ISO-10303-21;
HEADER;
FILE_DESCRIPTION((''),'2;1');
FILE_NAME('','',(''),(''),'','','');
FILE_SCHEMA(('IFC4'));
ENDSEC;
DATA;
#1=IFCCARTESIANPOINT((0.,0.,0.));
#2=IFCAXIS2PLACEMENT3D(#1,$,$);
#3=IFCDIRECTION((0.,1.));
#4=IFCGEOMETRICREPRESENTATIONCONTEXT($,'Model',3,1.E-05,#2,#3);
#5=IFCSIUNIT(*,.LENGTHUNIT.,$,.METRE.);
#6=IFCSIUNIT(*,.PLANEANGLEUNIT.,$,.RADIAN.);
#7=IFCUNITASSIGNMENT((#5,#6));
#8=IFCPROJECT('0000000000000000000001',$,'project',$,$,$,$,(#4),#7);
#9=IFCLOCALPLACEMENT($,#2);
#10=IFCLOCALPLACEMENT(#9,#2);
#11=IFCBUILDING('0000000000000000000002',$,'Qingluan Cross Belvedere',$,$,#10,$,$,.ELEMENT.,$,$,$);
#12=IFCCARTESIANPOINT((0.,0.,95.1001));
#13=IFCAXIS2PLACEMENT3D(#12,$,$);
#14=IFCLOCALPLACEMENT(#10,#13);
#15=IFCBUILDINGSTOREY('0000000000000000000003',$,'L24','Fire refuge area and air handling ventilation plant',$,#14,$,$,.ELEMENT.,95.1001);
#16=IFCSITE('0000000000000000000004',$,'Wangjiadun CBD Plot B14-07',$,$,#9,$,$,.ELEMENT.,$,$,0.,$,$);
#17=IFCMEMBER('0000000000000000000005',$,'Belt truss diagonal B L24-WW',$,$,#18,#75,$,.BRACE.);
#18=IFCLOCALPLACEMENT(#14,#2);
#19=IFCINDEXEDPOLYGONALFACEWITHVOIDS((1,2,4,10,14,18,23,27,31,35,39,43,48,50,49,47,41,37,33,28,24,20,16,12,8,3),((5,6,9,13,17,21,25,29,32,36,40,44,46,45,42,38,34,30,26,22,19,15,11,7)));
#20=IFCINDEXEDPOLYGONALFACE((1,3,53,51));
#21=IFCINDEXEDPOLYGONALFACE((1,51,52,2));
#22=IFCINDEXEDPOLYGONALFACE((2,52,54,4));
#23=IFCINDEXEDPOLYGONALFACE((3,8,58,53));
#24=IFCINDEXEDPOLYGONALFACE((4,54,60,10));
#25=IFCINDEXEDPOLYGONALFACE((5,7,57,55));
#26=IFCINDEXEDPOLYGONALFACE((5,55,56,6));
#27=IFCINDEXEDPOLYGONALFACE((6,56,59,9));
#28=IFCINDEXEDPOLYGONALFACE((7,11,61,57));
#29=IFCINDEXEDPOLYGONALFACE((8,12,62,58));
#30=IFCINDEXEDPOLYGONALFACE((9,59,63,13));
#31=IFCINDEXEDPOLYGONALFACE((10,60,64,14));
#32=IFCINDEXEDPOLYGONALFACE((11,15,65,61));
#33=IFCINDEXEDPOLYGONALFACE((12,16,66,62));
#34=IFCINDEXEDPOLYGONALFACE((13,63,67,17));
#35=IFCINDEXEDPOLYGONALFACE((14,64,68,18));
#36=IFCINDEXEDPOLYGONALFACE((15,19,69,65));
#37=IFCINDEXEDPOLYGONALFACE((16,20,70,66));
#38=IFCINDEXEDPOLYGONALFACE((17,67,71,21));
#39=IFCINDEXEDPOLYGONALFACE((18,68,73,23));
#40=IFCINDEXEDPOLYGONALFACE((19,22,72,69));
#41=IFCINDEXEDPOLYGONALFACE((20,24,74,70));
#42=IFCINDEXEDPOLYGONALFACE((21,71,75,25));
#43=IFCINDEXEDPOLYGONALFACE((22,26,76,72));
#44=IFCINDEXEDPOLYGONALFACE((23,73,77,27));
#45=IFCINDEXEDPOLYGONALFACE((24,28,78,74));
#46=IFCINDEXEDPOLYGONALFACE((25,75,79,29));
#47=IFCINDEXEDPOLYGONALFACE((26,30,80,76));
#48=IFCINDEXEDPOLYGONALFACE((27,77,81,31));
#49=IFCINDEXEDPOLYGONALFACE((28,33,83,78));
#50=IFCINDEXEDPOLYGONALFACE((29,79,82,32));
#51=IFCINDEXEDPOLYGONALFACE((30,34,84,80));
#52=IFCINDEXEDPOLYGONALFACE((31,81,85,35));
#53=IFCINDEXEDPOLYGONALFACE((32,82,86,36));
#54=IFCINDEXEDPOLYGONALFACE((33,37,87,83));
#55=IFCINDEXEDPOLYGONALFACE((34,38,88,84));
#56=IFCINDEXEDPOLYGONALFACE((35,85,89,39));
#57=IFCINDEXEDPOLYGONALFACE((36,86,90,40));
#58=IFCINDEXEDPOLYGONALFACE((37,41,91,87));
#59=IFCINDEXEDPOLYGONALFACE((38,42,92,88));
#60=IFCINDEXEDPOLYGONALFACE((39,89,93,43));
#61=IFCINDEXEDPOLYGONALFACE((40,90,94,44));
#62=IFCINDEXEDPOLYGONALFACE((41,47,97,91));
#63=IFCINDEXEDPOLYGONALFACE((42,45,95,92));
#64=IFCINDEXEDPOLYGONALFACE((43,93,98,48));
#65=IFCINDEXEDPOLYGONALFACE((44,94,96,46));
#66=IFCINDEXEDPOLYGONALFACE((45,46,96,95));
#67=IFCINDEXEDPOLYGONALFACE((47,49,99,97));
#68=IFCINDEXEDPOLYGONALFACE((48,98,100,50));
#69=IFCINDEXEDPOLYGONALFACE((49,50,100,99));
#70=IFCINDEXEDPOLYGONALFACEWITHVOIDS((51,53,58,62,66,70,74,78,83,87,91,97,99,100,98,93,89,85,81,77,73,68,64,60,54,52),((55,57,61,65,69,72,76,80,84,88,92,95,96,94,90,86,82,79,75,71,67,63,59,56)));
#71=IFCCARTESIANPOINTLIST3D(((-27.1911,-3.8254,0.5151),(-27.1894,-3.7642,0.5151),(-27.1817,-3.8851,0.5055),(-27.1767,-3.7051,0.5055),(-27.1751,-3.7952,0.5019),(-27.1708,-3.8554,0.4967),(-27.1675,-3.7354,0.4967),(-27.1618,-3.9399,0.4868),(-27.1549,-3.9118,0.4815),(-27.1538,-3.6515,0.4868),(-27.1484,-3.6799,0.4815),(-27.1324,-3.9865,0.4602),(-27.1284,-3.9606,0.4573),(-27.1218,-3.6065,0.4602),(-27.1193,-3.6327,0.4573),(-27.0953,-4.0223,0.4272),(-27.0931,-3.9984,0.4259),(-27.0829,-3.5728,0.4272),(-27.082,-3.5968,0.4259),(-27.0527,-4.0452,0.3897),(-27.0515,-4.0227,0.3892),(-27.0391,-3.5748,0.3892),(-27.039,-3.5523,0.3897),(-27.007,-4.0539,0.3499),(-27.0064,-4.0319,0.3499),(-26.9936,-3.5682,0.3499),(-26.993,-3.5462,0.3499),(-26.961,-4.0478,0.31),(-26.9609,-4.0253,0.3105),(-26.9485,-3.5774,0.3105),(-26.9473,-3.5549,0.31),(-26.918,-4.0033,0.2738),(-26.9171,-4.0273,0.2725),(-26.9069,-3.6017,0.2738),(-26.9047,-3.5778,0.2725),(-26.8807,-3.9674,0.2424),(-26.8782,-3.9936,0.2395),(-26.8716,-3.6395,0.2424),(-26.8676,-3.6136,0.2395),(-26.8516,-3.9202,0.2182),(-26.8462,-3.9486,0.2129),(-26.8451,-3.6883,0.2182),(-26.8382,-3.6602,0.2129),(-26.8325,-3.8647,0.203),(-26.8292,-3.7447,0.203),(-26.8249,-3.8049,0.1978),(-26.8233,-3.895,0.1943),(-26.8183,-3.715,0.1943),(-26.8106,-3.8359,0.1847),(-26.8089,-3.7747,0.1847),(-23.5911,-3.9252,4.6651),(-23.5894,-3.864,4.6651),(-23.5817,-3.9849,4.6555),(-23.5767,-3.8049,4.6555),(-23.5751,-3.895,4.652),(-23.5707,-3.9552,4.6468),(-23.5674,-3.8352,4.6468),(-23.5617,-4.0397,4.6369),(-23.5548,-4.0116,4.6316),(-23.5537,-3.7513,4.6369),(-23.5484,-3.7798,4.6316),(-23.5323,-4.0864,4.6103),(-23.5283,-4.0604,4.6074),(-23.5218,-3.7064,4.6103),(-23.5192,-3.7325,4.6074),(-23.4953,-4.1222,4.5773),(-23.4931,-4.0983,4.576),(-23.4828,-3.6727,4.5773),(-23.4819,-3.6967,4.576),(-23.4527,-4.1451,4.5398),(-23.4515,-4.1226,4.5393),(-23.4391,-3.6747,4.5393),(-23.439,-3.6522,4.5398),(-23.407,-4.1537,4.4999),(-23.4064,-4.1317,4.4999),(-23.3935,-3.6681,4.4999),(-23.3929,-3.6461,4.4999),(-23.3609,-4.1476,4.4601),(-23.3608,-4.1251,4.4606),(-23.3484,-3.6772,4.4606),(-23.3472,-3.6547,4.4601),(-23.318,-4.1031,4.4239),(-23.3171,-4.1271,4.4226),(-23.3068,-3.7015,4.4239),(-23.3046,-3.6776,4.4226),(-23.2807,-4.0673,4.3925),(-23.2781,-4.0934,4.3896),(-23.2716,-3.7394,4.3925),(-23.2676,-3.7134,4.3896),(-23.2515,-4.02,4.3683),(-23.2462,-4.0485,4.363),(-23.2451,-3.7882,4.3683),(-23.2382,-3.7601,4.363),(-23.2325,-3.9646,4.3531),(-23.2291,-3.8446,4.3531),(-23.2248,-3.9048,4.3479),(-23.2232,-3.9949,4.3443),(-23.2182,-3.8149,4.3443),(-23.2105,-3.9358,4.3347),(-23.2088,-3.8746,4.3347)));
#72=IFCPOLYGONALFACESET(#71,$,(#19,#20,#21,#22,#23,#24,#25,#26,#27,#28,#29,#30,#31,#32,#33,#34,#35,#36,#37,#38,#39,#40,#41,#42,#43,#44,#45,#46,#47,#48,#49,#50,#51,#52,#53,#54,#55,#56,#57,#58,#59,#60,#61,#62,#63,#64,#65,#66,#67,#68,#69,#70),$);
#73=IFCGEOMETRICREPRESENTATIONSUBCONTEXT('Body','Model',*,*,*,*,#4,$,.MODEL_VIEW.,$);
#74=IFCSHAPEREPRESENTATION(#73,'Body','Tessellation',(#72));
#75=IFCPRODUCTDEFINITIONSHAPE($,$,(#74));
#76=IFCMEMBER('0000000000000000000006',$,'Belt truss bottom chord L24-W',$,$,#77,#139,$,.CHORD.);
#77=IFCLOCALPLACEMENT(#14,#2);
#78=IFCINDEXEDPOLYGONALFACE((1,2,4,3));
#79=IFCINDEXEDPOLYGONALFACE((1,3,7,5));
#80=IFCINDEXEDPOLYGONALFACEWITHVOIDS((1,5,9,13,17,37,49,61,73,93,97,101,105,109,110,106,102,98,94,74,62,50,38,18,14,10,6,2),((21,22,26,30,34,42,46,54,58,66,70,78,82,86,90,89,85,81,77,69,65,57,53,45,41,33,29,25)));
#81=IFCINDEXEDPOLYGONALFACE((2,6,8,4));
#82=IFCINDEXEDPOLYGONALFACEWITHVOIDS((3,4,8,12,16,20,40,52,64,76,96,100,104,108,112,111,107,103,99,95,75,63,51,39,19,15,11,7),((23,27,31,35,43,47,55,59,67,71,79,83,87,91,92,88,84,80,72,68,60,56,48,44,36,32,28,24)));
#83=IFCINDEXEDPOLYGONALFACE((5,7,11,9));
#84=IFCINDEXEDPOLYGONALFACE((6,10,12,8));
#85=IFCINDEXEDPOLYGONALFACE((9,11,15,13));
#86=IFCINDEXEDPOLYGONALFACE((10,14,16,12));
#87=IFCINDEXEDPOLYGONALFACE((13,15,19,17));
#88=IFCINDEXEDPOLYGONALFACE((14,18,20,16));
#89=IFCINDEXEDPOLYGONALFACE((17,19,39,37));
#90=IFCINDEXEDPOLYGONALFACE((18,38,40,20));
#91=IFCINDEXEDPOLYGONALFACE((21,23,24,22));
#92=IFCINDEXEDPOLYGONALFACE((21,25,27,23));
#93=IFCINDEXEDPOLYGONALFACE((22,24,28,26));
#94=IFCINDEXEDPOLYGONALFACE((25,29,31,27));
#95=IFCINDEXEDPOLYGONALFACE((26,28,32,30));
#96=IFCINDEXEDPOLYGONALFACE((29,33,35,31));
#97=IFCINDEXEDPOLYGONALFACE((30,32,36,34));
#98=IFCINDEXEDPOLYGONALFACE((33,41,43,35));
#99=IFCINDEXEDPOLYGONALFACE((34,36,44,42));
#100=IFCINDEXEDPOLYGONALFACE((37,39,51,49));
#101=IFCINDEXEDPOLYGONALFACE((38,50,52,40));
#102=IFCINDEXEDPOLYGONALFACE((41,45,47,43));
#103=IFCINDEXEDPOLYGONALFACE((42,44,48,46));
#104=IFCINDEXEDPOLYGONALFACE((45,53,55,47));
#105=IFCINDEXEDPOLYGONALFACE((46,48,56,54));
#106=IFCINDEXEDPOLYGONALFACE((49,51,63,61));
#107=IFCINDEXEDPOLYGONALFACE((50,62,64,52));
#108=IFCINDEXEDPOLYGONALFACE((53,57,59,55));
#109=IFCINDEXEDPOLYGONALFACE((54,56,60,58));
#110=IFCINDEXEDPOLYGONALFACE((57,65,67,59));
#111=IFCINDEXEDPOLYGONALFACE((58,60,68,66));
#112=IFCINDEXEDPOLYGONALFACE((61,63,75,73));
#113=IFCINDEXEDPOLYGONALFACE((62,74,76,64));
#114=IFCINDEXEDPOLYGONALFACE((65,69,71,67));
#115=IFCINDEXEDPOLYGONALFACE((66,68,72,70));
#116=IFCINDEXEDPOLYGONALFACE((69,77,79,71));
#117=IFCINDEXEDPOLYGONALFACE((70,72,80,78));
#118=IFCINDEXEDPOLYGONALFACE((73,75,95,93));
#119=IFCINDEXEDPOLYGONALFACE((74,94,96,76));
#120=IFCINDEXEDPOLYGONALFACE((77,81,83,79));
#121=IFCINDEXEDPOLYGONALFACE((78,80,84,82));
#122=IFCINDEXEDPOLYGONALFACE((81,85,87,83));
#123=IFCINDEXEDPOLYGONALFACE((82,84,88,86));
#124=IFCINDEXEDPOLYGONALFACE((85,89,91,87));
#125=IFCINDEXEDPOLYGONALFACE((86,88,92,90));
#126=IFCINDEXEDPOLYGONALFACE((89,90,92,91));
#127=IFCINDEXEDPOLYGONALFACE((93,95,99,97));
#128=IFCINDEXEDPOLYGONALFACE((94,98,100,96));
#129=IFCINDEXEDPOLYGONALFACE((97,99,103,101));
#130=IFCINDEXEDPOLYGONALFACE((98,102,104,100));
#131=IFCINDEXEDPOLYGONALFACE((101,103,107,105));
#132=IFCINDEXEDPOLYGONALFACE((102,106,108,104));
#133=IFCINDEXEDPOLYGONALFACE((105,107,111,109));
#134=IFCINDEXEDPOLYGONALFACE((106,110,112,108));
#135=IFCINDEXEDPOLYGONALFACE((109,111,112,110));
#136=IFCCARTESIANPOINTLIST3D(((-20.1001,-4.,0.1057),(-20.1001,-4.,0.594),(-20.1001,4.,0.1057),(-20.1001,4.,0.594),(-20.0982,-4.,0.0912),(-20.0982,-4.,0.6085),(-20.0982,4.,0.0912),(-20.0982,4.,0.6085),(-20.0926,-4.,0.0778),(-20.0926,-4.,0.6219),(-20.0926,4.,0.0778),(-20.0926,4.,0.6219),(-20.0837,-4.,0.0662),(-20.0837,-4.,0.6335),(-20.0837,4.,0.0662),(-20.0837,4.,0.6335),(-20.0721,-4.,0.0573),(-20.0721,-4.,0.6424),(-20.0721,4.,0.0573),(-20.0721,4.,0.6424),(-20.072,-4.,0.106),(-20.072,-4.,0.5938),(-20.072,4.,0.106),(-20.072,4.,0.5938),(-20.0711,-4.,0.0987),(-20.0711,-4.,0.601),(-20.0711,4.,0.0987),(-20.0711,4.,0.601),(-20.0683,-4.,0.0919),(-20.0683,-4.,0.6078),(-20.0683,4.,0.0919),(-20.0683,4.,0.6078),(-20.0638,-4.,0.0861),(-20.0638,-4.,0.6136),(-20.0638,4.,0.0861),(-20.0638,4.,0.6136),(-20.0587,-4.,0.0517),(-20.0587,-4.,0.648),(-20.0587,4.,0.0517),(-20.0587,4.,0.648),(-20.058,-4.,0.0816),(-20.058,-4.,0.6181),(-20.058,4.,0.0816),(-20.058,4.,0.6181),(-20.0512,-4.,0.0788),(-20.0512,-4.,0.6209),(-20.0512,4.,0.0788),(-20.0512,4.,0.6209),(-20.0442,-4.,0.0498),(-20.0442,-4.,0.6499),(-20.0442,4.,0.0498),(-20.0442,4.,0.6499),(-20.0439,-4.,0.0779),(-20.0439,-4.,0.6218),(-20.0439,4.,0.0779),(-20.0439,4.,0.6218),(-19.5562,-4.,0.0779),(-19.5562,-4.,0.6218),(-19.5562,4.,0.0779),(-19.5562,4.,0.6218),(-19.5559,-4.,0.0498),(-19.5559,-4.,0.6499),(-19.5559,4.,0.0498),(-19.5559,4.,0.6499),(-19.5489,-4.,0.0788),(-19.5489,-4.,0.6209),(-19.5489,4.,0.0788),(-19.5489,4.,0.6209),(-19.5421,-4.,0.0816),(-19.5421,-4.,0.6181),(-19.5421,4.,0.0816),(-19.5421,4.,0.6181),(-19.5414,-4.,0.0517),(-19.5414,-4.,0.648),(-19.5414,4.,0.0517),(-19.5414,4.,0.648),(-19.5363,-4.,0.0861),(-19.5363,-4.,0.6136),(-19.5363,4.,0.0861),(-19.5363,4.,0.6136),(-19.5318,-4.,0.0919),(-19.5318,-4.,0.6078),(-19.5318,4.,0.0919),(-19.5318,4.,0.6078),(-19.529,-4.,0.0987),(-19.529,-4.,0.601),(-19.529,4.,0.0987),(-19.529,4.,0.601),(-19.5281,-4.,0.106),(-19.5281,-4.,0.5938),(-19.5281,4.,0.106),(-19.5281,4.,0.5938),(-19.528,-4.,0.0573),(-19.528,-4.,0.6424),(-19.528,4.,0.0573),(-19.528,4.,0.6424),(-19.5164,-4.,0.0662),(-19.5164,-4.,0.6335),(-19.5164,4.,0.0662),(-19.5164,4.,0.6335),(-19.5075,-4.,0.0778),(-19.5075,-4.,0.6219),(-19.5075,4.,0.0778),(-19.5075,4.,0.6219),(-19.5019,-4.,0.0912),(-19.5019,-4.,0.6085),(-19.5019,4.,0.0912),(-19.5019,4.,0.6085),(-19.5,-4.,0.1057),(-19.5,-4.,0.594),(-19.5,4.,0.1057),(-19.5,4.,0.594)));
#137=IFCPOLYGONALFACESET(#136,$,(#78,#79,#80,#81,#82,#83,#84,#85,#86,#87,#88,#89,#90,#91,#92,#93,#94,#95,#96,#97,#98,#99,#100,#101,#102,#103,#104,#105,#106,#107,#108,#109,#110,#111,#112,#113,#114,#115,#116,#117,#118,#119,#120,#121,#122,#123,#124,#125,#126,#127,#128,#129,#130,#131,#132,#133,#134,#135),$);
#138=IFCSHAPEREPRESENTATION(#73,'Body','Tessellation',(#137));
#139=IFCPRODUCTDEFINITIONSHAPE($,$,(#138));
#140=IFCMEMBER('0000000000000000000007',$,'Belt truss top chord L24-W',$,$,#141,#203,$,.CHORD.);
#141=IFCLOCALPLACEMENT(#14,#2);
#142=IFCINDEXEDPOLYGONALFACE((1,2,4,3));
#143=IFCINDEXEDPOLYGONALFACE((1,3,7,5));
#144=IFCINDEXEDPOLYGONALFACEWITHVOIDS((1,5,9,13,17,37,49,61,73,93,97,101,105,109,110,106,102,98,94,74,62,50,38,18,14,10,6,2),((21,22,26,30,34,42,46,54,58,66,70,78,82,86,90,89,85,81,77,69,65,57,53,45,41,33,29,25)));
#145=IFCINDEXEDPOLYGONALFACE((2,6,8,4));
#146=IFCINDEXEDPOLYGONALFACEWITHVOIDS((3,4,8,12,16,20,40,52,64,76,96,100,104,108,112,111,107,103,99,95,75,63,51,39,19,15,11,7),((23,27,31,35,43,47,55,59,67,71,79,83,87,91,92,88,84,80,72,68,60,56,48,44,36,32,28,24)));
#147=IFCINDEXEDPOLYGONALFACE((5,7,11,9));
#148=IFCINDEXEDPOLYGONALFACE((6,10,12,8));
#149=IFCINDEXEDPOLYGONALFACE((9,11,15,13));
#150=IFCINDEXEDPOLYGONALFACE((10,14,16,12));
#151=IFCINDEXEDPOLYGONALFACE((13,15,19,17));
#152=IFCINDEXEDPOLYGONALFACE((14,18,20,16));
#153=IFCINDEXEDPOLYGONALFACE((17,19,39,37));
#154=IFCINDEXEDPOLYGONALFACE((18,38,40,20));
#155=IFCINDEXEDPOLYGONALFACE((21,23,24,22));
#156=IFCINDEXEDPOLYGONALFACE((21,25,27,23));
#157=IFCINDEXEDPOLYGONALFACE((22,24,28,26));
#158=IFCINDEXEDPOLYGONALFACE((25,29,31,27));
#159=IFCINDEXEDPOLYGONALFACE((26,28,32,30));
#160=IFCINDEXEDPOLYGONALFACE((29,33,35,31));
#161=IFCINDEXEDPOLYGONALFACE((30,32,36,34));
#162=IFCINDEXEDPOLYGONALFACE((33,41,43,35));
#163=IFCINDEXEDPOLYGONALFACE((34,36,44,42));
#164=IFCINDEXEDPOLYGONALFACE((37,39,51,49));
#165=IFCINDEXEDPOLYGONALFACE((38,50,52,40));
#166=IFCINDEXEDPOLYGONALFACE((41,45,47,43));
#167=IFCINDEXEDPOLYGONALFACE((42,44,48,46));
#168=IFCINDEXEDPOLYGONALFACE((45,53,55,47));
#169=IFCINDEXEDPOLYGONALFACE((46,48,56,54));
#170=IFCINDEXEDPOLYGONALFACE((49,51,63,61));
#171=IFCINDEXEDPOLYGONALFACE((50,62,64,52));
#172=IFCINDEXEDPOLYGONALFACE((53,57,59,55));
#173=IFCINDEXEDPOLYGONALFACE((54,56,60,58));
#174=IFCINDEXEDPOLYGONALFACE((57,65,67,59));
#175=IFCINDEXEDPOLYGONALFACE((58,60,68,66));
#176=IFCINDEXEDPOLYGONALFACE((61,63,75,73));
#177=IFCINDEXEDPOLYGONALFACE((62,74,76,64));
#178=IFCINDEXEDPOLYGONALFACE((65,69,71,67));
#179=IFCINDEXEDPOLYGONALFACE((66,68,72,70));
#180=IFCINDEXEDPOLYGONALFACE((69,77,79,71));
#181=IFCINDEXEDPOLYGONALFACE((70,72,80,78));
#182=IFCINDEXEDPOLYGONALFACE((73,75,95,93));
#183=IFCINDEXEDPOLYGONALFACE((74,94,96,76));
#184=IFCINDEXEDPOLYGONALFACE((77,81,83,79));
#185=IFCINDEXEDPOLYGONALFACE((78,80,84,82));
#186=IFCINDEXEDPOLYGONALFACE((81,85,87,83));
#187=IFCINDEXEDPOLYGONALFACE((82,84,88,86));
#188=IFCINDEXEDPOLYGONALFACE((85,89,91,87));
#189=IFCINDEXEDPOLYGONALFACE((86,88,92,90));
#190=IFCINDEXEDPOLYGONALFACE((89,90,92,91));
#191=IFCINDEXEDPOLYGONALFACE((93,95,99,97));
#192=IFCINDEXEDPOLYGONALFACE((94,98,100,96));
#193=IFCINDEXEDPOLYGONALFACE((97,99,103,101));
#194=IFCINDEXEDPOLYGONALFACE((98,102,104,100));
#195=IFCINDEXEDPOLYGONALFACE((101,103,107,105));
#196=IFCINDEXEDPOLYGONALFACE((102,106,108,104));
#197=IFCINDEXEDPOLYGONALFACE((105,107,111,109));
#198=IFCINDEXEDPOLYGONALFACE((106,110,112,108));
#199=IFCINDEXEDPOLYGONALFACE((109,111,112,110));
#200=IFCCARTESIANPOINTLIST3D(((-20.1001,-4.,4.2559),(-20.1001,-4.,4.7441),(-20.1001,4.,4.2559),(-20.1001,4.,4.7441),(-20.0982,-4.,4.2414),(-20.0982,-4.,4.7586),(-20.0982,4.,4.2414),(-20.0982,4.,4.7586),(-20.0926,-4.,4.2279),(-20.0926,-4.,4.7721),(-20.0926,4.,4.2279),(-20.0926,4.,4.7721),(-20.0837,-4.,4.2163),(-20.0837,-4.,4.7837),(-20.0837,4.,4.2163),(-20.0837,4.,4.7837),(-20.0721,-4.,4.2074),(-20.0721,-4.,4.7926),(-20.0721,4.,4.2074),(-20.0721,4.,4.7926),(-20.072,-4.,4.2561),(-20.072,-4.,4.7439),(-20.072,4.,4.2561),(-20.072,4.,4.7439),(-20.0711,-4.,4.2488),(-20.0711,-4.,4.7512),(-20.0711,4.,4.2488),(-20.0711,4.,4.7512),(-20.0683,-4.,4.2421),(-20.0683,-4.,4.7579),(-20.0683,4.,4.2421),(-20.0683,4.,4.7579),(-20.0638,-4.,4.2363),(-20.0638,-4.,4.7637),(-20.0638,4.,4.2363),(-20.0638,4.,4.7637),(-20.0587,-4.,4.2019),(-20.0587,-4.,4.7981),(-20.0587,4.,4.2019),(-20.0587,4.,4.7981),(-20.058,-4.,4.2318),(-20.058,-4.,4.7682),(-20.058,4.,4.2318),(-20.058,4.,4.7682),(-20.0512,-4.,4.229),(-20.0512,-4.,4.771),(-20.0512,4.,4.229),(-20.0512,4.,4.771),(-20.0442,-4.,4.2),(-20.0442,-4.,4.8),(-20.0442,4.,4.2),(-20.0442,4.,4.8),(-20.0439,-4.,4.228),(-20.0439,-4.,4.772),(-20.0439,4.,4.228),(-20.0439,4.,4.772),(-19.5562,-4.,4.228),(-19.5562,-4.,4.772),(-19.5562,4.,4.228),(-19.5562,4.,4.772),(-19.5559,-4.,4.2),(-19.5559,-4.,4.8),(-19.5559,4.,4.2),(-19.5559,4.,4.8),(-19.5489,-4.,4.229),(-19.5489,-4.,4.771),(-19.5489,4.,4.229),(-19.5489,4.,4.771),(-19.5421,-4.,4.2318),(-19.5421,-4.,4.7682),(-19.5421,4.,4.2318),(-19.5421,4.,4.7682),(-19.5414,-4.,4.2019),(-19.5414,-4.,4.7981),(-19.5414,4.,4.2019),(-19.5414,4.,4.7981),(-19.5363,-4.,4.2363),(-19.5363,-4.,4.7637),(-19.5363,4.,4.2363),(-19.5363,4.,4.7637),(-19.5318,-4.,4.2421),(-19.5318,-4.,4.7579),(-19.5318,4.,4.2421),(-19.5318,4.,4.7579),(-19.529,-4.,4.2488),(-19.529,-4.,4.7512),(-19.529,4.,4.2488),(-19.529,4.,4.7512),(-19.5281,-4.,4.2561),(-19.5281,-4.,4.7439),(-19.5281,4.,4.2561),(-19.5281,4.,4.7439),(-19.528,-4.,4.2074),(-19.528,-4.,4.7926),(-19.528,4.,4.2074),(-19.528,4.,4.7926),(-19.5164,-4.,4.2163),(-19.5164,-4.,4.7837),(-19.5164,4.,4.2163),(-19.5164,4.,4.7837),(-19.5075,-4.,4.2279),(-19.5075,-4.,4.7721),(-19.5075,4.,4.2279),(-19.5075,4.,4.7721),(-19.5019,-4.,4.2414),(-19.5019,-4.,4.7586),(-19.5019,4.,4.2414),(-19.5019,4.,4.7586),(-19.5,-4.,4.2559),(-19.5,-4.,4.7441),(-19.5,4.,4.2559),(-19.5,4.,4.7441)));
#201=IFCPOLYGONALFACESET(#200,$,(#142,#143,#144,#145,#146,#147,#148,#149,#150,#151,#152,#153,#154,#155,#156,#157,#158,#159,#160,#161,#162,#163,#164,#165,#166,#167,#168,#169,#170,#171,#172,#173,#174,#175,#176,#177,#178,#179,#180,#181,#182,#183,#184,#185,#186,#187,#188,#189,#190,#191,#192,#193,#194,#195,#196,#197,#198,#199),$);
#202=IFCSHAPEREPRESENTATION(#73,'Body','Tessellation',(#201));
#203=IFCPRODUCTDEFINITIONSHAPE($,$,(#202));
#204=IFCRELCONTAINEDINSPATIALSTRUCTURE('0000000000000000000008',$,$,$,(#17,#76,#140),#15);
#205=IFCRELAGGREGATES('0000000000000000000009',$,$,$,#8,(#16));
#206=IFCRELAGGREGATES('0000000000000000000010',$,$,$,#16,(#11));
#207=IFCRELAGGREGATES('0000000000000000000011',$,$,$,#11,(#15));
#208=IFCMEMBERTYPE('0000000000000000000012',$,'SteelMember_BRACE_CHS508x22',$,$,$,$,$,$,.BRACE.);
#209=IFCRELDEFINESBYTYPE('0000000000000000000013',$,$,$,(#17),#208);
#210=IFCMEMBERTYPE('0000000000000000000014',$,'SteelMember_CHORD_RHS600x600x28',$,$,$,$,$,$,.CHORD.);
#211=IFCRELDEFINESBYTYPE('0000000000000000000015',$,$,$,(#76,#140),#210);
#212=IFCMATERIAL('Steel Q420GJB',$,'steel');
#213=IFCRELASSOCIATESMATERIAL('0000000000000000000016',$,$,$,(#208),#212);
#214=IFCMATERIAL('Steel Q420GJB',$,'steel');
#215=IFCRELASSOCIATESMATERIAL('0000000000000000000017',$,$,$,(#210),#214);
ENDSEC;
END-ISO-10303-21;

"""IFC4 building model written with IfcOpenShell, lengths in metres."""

from ifc_helpers import new_model, si_unit, direction, frame, origin, origin_2d, place, context, subcontext, project, spatial, hollow_rectangle, hollow_circle, extrude, material, material_profile, profile_set, type_object, element, save


model = new_model("IFC4")

# Units and contexts
model_context = context("Model", 3, precision=1e-05, world=origin(), true_north=direction((0.0, 1.0)))
body_context = subcontext(model_context, "Body", "Model", "MODEL_VIEW")
ifc_project = project(units=[si_unit("LENGTHUNIT", "METRE"), si_unit("PLANEANGLEUNIT", "RADIAN")], contexts=[model_context])

# Site, building, storey
site_placement = place(None, origin())
site = spatial("IfcSite", under=ifc_project, at=site_placement, Name="Wangjiadun CBD Plot B14-07", CompositionType="ELEMENT", RefElevation=0.0)
building_placement = place(site_placement, origin())
building = spatial("IfcBuilding", under=site, at=building_placement, Name="Qingluan Cross Belvedere", CompositionType="ELEMENT")
storey_placement = place(building_placement, frame((0.0, 0.0, 95.1001)))
storey = spatial("IfcBuildingStorey", under=building, at=storey_placement, Name="L24", Description="Fire refuge area and air handling ventilation plant", CompositionType="ELEMENT", Elevation=95.1001)

# Members
ifc_material_1 = material(Name="Steel Q420GJB", Category="steel")
ifc_material_profile_1 = material_profile(ifc_material_1, hollow_circle(Radius=0.2539, WallThickness=0.022, at=origin_2d()), Name="CHS508x22")
ifc_profile_set_1 = profile_set([ifc_material_profile_1], Name="Steel Q420GJB")
member_type_1 = type_object("IfcMemberType", Name="SteelMember_BRACE_CHS508x22", PredefinedType="BRACE", material=ifc_profile_set_1)
for number, where, z_axis, x_axis, name in (
    (1, (-27.0, -3.8, 0.3499), (0.655166, -0.018172, 0.755267), (0.027726, 0.999616, 0.0), "Belt truss diagonal B L24-WW"),
):
    element("IfcMember", number, at=place(storey_placement, frame(where, z_axis=z_axis, x_axis=x_axis)), inside=storey, type_object=member_type_1, Name=name, PredefinedType="BRACE", context=body_context, shape_type="SweptSolid", body=[
        extrude(hollow_circle(Radius=0.2539, WallThickness=0.022, at=origin_2d()), origin(), (0.0, 0.0, 1.0), 5.4949),
    ])
ifc_material_2 = material(Name="Steel Q420GJB", Category="steel")
ifc_material_profile_2 = material_profile(ifc_material_2, hollow_rectangle(XDim=0.6001, YDim=0.6001, WallThickness=0.0281, InnerFilletRadius=0.0281, OuterFilletRadius=0.0559, at=origin_2d()), Name="RHS600x600x28")
ifc_profile_set_2 = profile_set([ifc_material_profile_2], Name="Steel Q420GJB")
member_type_2 = type_object("IfcMemberType", Name="SteelMember_CHORD_RHS600x600x28", PredefinedType="CHORD", material=ifc_profile_set_2)
for number, where, z_axis, x_axis, name in (
    (2, (-19.8, -4.0, 0.3499), (0.0, 1.0, 0.0), (-1.0, 0.0, 0.0), "Belt truss bottom chord L24-W"),
    (3, (-19.8, -4.0, 4.5), (0.0, 1.0, 0.0), (-1.0, 0.0, 0.0), "Belt truss top chord L24-W"),
):
    element("IfcMember", number, at=place(storey_placement, frame(where, z_axis=z_axis, x_axis=x_axis)), inside=storey, type_object=member_type_2, Name=name, PredefinedType="CHORD", context=body_context, shape_type="SweptSolid", body=[
        extrude(hollow_rectangle(XDim=0.6001, YDim=0.6001, WallThickness=0.0281, InnerFilletRadius=0.0281, OuterFilletRadius=0.0559, at=origin_2d()), origin(), (0.0, 0.0, 1.0), 8.0),
    ])

save(model, "model.ifc")
